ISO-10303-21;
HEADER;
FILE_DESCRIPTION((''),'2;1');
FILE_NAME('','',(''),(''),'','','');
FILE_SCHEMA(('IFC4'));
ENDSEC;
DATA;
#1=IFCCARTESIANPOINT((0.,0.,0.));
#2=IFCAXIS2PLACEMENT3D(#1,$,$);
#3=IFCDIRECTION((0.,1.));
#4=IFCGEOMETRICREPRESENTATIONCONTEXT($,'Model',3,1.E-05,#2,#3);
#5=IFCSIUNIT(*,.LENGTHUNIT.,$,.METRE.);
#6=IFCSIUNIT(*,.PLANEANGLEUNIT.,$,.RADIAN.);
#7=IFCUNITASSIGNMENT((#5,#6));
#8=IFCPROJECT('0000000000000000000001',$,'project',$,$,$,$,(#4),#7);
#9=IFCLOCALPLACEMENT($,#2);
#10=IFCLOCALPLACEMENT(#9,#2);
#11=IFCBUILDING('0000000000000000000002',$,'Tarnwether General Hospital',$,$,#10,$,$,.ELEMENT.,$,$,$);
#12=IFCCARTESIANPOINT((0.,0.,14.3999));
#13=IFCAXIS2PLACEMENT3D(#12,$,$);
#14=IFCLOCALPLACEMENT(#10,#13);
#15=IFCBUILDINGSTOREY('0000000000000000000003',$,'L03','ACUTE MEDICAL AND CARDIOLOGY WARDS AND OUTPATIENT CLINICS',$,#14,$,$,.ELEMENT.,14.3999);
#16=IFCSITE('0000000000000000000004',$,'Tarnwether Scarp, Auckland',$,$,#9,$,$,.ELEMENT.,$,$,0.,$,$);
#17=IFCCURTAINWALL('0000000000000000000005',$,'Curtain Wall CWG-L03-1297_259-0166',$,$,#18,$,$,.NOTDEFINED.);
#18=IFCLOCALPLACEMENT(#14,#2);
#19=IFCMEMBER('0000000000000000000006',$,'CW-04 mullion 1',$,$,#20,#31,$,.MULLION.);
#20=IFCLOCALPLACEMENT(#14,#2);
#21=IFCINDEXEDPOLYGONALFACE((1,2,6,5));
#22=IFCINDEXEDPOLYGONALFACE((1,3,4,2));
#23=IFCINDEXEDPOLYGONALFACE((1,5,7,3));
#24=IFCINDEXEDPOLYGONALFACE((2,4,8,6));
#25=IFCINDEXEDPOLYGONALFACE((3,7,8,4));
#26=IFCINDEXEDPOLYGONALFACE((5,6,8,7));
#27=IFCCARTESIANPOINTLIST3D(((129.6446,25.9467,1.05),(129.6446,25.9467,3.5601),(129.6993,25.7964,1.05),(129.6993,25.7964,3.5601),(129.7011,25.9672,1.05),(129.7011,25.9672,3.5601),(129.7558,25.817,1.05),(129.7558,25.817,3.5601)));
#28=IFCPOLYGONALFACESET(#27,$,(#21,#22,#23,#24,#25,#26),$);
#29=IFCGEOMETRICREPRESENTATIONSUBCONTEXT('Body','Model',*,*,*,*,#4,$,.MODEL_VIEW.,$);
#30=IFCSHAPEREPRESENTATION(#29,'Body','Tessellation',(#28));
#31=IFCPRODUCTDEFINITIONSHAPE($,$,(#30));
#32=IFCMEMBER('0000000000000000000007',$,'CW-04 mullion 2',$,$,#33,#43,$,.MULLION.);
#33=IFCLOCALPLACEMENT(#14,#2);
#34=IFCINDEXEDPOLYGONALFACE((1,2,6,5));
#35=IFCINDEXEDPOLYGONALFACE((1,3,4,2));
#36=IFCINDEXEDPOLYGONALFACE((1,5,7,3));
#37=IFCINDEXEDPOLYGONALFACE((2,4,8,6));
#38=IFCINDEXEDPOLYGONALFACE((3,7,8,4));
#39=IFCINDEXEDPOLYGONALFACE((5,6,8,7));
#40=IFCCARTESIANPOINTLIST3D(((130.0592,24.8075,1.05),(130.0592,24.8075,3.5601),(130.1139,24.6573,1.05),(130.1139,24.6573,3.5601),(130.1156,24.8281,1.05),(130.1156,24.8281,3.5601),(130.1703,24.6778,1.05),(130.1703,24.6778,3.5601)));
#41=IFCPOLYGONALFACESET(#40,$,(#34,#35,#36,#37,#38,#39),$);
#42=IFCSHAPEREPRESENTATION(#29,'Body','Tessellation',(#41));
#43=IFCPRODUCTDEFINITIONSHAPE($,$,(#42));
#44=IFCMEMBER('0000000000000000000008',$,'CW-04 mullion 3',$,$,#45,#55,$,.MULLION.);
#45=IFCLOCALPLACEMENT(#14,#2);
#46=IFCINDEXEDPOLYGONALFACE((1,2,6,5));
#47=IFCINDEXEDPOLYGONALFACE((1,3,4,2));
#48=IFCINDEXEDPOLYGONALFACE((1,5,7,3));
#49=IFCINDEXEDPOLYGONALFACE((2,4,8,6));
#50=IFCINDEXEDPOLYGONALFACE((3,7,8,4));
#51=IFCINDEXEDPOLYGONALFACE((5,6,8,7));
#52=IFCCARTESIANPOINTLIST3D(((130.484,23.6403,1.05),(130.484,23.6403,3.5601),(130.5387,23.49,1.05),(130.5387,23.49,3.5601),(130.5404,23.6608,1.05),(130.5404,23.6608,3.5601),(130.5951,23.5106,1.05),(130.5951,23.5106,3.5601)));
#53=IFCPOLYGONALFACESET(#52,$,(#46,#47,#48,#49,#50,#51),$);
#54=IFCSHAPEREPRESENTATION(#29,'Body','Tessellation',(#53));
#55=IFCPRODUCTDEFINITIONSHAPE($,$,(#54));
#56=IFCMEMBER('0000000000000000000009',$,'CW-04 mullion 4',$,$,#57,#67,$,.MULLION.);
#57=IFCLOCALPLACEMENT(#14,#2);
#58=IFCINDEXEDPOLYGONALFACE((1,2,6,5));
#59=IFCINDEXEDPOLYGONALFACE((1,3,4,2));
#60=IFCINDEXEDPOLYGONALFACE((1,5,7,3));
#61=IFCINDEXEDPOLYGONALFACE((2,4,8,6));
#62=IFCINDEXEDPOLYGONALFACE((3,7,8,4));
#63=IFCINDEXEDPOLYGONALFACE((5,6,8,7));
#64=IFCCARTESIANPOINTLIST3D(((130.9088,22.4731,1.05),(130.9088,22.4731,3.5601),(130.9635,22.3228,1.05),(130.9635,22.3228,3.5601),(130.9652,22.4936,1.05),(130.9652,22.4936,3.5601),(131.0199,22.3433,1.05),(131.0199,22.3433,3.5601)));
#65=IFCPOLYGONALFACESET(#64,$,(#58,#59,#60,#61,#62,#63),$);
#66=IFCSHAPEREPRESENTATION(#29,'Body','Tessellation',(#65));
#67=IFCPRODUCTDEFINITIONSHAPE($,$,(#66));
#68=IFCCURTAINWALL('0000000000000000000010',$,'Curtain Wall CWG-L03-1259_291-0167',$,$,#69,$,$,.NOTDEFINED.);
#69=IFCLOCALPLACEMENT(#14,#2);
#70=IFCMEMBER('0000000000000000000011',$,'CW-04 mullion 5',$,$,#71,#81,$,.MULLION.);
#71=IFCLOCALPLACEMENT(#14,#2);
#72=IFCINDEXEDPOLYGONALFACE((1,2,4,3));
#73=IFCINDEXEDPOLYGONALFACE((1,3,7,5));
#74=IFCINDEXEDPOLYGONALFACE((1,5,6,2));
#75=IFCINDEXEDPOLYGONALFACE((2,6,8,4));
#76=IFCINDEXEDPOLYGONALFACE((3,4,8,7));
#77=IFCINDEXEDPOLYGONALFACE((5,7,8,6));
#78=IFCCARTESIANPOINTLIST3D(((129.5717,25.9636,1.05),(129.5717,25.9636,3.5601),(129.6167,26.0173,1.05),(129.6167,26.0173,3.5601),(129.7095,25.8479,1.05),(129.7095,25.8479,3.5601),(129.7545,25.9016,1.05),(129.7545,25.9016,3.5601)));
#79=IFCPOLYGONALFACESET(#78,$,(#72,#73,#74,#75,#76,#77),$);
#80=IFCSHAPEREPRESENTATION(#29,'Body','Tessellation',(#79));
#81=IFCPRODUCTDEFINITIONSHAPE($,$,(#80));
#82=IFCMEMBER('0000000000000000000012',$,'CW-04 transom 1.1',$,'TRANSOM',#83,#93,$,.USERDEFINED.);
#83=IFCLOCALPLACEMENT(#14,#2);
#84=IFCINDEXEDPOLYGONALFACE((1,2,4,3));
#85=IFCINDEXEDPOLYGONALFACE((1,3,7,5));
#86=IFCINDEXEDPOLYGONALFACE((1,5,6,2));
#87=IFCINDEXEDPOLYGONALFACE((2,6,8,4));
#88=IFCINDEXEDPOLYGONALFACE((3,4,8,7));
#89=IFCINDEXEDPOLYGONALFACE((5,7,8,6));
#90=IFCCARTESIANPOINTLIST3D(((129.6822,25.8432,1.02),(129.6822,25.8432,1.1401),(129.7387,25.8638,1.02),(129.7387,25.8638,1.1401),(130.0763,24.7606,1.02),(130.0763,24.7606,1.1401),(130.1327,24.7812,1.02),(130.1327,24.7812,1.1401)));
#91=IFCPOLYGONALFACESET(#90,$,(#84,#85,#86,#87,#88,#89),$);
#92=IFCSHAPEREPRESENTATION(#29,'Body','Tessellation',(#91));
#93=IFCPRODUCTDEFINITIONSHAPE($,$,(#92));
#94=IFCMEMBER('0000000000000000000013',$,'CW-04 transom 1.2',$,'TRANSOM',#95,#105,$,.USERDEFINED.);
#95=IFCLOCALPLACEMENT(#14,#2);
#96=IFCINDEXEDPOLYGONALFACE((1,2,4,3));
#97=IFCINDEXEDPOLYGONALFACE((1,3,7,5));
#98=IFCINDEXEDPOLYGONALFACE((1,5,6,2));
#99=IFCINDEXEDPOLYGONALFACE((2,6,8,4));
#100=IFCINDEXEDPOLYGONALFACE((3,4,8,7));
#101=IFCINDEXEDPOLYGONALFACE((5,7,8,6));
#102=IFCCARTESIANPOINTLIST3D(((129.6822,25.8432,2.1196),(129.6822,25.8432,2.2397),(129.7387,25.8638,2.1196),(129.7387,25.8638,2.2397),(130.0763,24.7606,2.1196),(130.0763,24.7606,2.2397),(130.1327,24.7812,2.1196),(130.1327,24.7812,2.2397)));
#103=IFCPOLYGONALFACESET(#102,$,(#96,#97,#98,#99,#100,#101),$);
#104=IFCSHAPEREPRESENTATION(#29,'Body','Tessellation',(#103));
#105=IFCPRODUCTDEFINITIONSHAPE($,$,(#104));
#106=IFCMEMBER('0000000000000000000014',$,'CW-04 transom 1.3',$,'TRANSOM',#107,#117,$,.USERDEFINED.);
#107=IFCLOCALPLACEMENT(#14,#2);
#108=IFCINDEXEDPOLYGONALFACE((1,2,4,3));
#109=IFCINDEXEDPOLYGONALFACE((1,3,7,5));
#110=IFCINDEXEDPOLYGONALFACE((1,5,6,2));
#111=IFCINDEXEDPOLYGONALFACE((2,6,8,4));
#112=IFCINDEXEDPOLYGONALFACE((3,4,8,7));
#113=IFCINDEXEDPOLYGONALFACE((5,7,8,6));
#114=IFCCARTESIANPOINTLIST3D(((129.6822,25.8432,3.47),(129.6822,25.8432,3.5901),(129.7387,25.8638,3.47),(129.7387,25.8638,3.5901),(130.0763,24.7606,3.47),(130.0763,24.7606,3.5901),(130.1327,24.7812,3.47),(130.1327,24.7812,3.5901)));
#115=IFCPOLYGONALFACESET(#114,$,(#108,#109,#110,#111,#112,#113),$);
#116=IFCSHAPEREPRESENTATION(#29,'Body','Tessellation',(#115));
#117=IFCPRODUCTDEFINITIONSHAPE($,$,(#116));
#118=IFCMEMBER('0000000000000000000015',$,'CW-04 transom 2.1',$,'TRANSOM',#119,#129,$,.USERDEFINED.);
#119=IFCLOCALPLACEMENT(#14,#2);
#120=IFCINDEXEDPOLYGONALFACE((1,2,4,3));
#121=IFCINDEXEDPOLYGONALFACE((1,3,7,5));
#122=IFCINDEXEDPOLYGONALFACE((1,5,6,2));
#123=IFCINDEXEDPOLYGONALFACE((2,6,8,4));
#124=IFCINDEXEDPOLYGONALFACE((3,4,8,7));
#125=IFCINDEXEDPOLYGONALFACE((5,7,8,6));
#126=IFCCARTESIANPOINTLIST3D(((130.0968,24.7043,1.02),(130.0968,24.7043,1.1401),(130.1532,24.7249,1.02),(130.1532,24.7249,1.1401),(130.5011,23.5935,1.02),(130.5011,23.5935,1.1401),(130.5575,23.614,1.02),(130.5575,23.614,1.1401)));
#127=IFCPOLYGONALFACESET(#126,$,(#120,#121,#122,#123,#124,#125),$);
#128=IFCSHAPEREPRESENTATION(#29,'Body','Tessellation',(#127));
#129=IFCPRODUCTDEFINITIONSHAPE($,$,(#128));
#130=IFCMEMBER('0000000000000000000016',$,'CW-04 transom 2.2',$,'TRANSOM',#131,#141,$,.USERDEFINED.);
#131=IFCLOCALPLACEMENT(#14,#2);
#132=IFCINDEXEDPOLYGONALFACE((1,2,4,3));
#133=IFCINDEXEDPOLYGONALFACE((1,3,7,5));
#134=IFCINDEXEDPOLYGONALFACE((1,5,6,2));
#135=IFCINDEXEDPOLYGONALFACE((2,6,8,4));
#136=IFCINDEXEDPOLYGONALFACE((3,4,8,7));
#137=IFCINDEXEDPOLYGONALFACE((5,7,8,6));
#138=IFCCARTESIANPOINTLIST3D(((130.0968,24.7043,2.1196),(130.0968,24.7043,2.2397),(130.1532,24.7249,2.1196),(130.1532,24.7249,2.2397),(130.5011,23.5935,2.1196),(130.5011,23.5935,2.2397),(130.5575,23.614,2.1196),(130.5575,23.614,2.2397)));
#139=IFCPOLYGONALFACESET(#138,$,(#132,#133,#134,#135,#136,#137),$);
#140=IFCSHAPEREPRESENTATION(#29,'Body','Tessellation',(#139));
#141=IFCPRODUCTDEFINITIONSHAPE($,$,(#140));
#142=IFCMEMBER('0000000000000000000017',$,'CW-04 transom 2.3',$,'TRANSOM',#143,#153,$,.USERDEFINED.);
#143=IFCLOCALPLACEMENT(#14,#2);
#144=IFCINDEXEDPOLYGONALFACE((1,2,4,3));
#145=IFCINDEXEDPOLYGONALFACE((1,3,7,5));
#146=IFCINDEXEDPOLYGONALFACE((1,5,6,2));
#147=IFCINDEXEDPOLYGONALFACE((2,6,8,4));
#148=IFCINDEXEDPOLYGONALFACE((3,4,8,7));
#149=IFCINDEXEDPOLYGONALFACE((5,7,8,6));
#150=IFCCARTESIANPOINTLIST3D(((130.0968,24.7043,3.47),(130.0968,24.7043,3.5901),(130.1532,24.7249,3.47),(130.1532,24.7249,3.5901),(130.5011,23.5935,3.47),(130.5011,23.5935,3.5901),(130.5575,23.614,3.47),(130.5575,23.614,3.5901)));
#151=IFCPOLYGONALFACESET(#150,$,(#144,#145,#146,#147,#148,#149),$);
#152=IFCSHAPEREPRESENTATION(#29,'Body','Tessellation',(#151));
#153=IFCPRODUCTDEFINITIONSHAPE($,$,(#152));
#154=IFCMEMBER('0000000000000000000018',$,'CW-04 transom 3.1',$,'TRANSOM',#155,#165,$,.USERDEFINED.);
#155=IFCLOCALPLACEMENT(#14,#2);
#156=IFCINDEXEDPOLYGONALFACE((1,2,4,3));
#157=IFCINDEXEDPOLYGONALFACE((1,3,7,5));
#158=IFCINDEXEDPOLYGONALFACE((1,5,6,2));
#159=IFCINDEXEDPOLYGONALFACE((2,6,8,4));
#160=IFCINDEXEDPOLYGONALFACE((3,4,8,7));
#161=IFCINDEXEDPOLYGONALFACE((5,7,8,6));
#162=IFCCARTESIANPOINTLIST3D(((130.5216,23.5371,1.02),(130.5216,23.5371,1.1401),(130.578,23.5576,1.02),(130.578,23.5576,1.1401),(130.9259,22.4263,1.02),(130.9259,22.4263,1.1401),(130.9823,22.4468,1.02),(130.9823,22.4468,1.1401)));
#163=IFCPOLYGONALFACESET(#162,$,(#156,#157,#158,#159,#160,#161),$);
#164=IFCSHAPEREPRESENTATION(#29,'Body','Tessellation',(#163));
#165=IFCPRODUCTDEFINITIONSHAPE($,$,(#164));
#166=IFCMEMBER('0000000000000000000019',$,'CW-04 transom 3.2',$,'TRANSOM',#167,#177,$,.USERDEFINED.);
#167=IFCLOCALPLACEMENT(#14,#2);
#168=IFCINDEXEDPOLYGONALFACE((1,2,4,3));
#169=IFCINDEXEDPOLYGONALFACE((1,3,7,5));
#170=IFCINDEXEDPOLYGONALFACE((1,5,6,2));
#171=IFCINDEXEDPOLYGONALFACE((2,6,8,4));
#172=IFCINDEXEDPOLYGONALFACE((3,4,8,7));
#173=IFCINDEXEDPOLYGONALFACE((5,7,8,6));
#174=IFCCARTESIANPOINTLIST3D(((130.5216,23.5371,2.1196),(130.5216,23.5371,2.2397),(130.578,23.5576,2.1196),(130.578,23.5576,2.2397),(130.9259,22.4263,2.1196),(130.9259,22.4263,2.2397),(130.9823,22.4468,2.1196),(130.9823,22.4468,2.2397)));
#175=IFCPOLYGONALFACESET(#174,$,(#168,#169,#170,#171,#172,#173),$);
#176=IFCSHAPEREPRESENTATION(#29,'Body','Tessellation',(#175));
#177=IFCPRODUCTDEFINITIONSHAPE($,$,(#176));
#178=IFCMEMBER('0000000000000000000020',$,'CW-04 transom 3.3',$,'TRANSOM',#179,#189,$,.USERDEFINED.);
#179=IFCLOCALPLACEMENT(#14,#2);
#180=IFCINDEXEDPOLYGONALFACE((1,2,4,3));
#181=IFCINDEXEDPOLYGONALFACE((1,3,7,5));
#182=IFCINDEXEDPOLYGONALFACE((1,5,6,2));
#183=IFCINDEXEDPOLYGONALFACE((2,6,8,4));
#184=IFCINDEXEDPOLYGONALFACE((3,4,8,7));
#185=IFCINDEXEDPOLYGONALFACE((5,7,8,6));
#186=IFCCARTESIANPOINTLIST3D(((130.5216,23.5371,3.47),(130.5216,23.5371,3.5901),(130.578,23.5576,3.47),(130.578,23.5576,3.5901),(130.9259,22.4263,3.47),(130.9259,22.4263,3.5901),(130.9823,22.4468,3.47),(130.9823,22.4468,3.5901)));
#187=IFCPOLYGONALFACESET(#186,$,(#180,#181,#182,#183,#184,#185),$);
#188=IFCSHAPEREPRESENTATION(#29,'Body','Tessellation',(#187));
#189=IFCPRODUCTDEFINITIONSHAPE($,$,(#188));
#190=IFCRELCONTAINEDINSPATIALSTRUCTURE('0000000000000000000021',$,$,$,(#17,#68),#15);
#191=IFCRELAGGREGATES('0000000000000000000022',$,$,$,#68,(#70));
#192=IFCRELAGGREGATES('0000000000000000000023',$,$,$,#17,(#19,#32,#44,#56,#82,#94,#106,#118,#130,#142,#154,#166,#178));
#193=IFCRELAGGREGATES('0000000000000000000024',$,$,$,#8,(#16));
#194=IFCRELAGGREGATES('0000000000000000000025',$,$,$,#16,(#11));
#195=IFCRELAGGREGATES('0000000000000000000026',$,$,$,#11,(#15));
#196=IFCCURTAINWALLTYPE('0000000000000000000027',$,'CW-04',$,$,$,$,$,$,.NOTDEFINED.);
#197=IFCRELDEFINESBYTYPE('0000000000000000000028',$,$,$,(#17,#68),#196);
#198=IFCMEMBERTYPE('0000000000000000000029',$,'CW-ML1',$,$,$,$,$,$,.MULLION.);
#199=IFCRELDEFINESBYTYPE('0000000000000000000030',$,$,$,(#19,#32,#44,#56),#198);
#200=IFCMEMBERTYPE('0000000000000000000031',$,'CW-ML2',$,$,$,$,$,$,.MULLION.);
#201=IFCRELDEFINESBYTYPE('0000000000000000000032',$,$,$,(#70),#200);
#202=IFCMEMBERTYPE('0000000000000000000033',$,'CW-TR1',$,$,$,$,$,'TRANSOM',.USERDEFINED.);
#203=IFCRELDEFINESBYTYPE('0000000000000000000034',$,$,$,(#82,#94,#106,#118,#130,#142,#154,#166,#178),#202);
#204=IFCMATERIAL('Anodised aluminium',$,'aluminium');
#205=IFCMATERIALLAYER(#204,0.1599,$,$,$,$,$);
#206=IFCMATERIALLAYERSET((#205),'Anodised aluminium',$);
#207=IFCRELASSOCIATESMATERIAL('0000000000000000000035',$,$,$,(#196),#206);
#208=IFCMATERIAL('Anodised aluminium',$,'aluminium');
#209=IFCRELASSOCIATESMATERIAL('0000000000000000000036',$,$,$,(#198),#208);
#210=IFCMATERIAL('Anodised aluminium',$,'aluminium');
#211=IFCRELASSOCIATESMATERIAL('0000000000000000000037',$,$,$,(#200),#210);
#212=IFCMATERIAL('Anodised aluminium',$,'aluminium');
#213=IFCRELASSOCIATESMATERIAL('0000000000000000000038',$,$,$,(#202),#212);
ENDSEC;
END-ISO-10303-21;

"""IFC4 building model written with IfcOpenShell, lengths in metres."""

from ifc_helpers import new_model, si_unit, direction, frame, origin, origin_2d, place, context, subcontext, project, spatial, rectangle, extrude, material, layer, layer_set, material_profile, profile_set, type_object, element, aggregate, save


model = new_model("IFC4")

# Units and contexts
model_context = context("Model", 3, precision=1e-05, world=origin(), true_north=direction((0.0, 1.0)))
body_context = subcontext(model_context, "Body", "Model", "MODEL_VIEW")
ifc_project = project(units=[si_unit("LENGTHUNIT", "METRE"), si_unit("PLANEANGLEUNIT", "RADIAN")], contexts=[model_context])

# Site, building, storey
site_placement = place(None, origin())
site = spatial("IfcSite", under=ifc_project, at=site_placement, Name="Tarnwether Scarp, Auckland", CompositionType="ELEMENT", RefElevation=0.0)
building_placement = place(site_placement, origin())
building = spatial("IfcBuilding", under=site, at=building_placement, Name="Tarnwether General Hospital", CompositionType="ELEMENT")
storey_placement = place(building_placement, frame((0.0, 0.0, 14.3999)))
storey = spatial("IfcBuildingStorey", under=building, at=storey_placement, Name="L03", Description="ACUTE MEDICAL AND CARDIOLOGY WARDS AND OUTPATIENT CLINICS", CompositionType="ELEMENT", Elevation=14.3999)

# Curtain wall, members
ifc_material_1 = material(Name="Anodised aluminium", Category="aluminium")
ifc_layer_1 = layer(ifc_material_1, 0.1599)
ifc_layer_set_1 = layer_set([ifc_layer_1], Name="Anodised aluminium")
curtain_wall_type = type_object("IfcCurtainWallType", Name="CW-04", PredefinedType="NOTDEFINED", material=ifc_layer_set_1)
curtain_wall_1_placement = place(storey_placement, origin())
curtain_wall_1 = element("IfcCurtainWall", 1, at=curtain_wall_1_placement, inside=storey, type_object=curtain_wall_type, Name="Curtain Wall CWG-L03-1297_259-0166", PredefinedType="NOTDEFINED")
ifc_material_2 = material(Name="Anodised aluminium", Category="aluminium")
ifc_material_profile_1 = material_profile(ifc_material_2, rectangle(XDim=0.0601, YDim=0.1599, at=origin_2d()), Name="ALU-MUL-60x160")
ifc_profile_set_1 = profile_set([ifc_material_profile_1], Name="Anodised aluminium")
member_type_1 = type_object("IfcMemberType", Name="CW-ML1", PredefinedType="MULLION", material=ifc_profile_set_1)
member_1_placement = place(storey_placement, frame((129.7002, 25.8818, 1.05), z_axis=(0.0, 0.0, 1.0), x_axis=(0.939717, 0.341953, 0.0)))
member_1 = element("IfcMember", 2, at=member_1_placement, type_object=member_type_1, Name="CW-04 mullion 1", PredefinedType="MULLION", context=body_context, shape_type="SweptSolid", body=[
    extrude(rectangle(XDim=0.0601, YDim=0.1599, at=origin_2d()), origin(), (0.0, 0.0, 1.0), 2.51),
])
member_2_placement = place(storey_placement, frame((130.1147, 24.7427, 1.05), z_axis=(0.0, 0.0, 1.0), x_axis=(0.939717, 0.341953, 0.0)))
member_2 = element("IfcMember", 3, at=member_2_placement, type_object=member_type_1, Name="CW-04 mullion 2", PredefinedType="MULLION", context=body_context, shape_type="SweptSolid", body=[
    extrude(rectangle(XDim=0.0601, YDim=0.1599, at=origin_2d()), origin(), (0.0, 0.0, 1.0), 2.51),
])
member_3_placement = place(storey_placement, frame((130.5396, 23.5754, 1.05), z_axis=(0.0, 0.0, 1.0), x_axis=(0.939717, 0.341953, 0.0)))
member_3 = element("IfcMember", 4, at=member_3_placement, type_object=member_type_1, Name="CW-04 mullion 3", PredefinedType="MULLION", context=body_context, shape_type="SweptSolid", body=[
    extrude(rectangle(XDim=0.0601, YDim=0.1599, at=origin_2d()), origin(), (0.0, 0.0, 1.0), 2.51),
])
member_4_placement = place(storey_placement, frame((130.9644, 22.4082, 1.05), z_axis=(0.0, 0.0, 1.0), x_axis=(0.939717, 0.341953, 0.0)))
member_4 = element("IfcMember", 5, at=member_4_placement, type_object=member_type_1, Name="CW-04 mullion 4", PredefinedType="MULLION", context=body_context, shape_type="SweptSolid", body=[
    extrude(rectangle(XDim=0.0601, YDim=0.1599, at=origin_2d()), origin(), (0.0, 0.0, 1.0), 2.51),
])

# Curtain wall, member
curtain_wall_2_placement = place(storey_placement, origin())
curtain_wall_2 = element("IfcCurtainWall", 6, at=curtain_wall_2_placement, inside=storey, type_object=curtain_wall_type, Name="Curtain Wall CWG-L03-1259_291-0167", PredefinedType="NOTDEFINED")
ifc_material_3 = material(Name="Anodised aluminium", Category="aluminium")
ifc_material_profile_2 = material_profile(ifc_material_3, rectangle(XDim=0.0701, YDim=0.1799, at=origin_2d()), Name="ALU-MUL-70x180")
ifc_profile_set_2 = profile_set([ifc_material_profile_2], Name="Anodised aluminium")
member_type_2 = type_object("IfcMemberType", Name="CW-ML2", PredefinedType="MULLION", material=ifc_profile_set_2)
member_5_placement = place(storey_placement, frame((129.6631, 25.9326, 1.05), z_axis=(0.0, 0.0, 1.0), x_axis=(0.642852, 0.76599, 0.0)))
member_5 = element("IfcMember", 7, at=member_5_placement, type_object=member_type_2, Name="CW-04 mullion 5", PredefinedType="MULLION", context=body_context, shape_type="SweptSolid", body=[
    extrude(rectangle(XDim=0.0701, YDim=0.1799, at=origin_2d()), origin(), (0.0, 0.0, 1.0), 2.51),
])
aggregate(curtain_wall_2, [member_5])

# Members
ifc_material_4 = material(Name="Anodised aluminium", Category="aluminium")
ifc_material_profile_3 = material_profile(ifc_material_4, rectangle(XDim=0.0601, YDim=0.1201, at=origin_2d()), Name="ALU-TRN-60x120")
ifc_profile_set_3 = profile_set([ifc_material_profile_3], Name="Anodised aluminium")
member_type_3 = type_object("IfcMemberType", Name="CW-TR1", ElementType="TRANSOM", PredefinedType="USERDEFINED", material=ifc_profile_set_3)
member_6_placement = place(storey_placement, frame((129.7104, 25.8535, 1.0801), z_axis=(0.342049, -0.939682, 0.0), x_axis=(0.939682, 0.342049, 0.0)))
member_6 = element("IfcMember", 8, at=member_6_placement, type_object=member_type_3, Name="CW-04 transom 1.1", ObjectType="TRANSOM", PredefinedType="USERDEFINED", context=body_context, shape_type="SweptSolid", body=[
    extrude(rectangle(XDim=0.0601, YDim=0.1201, at=origin_2d()), origin(), (0.0, 0.0, 1.0), 1.1521),
])
member_7_placement = place(storey_placement, frame((129.7104, 25.8535, 2.1797), z_axis=(0.342049, -0.939682, 0.0), x_axis=(0.939682, 0.342049, 0.0)))
member_7 = element("IfcMember", 9, at=member_7_placement, type_object=member_type_3, Name="CW-04 transom 1.2", ObjectType="TRANSOM", PredefinedType="USERDEFINED", context=body_context, shape_type="SweptSolid", body=[
    extrude(rectangle(XDim=0.0601, YDim=0.1201, at=origin_2d()), origin(), (0.0, 0.0, 1.0), 1.1521),
])
member_8_placement = place(storey_placement, frame((129.7104, 25.8535, 3.53), z_axis=(0.342049, -0.939682, 0.0), x_axis=(0.939682, 0.342049, 0.0)))
member_8 = element("IfcMember", 10, at=member_8_placement, type_object=member_type_3, Name="CW-04 transom 1.3", ObjectType="TRANSOM", PredefinedType="USERDEFINED", context=body_context, shape_type="SweptSolid", body=[
    extrude(rectangle(XDim=0.0601, YDim=0.1201, at=origin_2d()), origin(), (0.0, 0.0, 1.0), 1.1521),
])
member_9_placement = place(storey_placement, frame((130.125, 24.7146, 1.0801), z_axis=(0.342008, -0.939697, 0.0), x_axis=(0.939697, 0.342008, 0.0)))
member_9 = element("IfcMember", 11, at=member_9_placement, type_object=member_type_3, Name="CW-04 transom 2.1", ObjectType="TRANSOM", PredefinedType="USERDEFINED", context=body_context, shape_type="SweptSolid", body=[
    extrude(rectangle(XDim=0.0601, YDim=0.1201, at=origin_2d()), origin(), (0.0, 0.0, 1.0), 1.1821),
])
member_10_placement = place(storey_placement, frame((130.125, 24.7146, 2.1797), z_axis=(0.342008, -0.939697, 0.0), x_axis=(0.939697, 0.342008, 0.0)))
member_10 = element("IfcMember", 12, at=member_10_placement, type_object=member_type_3, Name="CW-04 transom 2.2", ObjectType="TRANSOM", PredefinedType="USERDEFINED", context=body_context, shape_type="SweptSolid", body=[
    extrude(rectangle(XDim=0.0601, YDim=0.1201, at=origin_2d()), origin(), (0.0, 0.0, 1.0), 1.1821),
])
member_11_placement = place(storey_placement, frame((130.125, 24.7146, 3.53), z_axis=(0.342008, -0.939697, 0.0), x_axis=(0.939697, 0.342008, 0.0)))
member_11 = element("IfcMember", 13, at=member_11_placement, type_object=member_type_3, Name="CW-04 transom 2.3", ObjectType="TRANSOM", PredefinedType="USERDEFINED", context=body_context, shape_type="SweptSolid", body=[
    extrude(rectangle(XDim=0.0601, YDim=0.1201, at=origin_2d()), origin(), (0.0, 0.0, 1.0), 1.1821),
])
member_12_placement = place(storey_placement, frame((130.5498, 23.5474, 1.0801), z_axis=(0.342008, -0.939697, 0.0), x_axis=(0.939697, 0.342008, 0.0)))
member_12 = element("IfcMember", 14, at=member_12_placement, type_object=member_type_3, Name="CW-04 transom 3.1", ObjectType="TRANSOM", PredefinedType="USERDEFINED", context=body_context, shape_type="SweptSolid", body=[
    extrude(rectangle(XDim=0.0601, YDim=0.1201, at=origin_2d()), origin(), (0.0, 0.0, 1.0), 1.1821),
])
member_13_placement = place(storey_placement, frame((130.5498, 23.5474, 2.1797), z_axis=(0.342008, -0.939697, 0.0), x_axis=(0.939697, 0.342008, 0.0)))
member_13 = element("IfcMember", 15, at=member_13_placement, type_object=member_type_3, Name="CW-04 transom 3.2", ObjectType="TRANSOM", PredefinedType="USERDEFINED", context=body_context, shape_type="SweptSolid", body=[
    extrude(rectangle(XDim=0.0601, YDim=0.1201, at=origin_2d()), origin(), (0.0, 0.0, 1.0), 1.1821),
])
member_14_placement = place(storey_placement, frame((130.5498, 23.5474, 3.53), z_axis=(0.342008, -0.939697, 0.0), x_axis=(0.939697, 0.342008, 0.0)))
member_14 = element("IfcMember", 16, at=member_14_placement, type_object=member_type_3, Name="CW-04 transom 3.3", ObjectType="TRANSOM", PredefinedType="USERDEFINED", context=body_context, shape_type="SweptSolid", body=[
    extrude(rectangle(XDim=0.0601, YDim=0.1201, at=origin_2d()), origin(), (0.0, 0.0, 1.0), 1.1821),
])

aggregate(curtain_wall_1, [member_1, member_2, member_3, member_4, member_6, member_7, member_8, member_9, member_10, member_11, member_12, member_13, member_14])

save(model, "model.ifc")
